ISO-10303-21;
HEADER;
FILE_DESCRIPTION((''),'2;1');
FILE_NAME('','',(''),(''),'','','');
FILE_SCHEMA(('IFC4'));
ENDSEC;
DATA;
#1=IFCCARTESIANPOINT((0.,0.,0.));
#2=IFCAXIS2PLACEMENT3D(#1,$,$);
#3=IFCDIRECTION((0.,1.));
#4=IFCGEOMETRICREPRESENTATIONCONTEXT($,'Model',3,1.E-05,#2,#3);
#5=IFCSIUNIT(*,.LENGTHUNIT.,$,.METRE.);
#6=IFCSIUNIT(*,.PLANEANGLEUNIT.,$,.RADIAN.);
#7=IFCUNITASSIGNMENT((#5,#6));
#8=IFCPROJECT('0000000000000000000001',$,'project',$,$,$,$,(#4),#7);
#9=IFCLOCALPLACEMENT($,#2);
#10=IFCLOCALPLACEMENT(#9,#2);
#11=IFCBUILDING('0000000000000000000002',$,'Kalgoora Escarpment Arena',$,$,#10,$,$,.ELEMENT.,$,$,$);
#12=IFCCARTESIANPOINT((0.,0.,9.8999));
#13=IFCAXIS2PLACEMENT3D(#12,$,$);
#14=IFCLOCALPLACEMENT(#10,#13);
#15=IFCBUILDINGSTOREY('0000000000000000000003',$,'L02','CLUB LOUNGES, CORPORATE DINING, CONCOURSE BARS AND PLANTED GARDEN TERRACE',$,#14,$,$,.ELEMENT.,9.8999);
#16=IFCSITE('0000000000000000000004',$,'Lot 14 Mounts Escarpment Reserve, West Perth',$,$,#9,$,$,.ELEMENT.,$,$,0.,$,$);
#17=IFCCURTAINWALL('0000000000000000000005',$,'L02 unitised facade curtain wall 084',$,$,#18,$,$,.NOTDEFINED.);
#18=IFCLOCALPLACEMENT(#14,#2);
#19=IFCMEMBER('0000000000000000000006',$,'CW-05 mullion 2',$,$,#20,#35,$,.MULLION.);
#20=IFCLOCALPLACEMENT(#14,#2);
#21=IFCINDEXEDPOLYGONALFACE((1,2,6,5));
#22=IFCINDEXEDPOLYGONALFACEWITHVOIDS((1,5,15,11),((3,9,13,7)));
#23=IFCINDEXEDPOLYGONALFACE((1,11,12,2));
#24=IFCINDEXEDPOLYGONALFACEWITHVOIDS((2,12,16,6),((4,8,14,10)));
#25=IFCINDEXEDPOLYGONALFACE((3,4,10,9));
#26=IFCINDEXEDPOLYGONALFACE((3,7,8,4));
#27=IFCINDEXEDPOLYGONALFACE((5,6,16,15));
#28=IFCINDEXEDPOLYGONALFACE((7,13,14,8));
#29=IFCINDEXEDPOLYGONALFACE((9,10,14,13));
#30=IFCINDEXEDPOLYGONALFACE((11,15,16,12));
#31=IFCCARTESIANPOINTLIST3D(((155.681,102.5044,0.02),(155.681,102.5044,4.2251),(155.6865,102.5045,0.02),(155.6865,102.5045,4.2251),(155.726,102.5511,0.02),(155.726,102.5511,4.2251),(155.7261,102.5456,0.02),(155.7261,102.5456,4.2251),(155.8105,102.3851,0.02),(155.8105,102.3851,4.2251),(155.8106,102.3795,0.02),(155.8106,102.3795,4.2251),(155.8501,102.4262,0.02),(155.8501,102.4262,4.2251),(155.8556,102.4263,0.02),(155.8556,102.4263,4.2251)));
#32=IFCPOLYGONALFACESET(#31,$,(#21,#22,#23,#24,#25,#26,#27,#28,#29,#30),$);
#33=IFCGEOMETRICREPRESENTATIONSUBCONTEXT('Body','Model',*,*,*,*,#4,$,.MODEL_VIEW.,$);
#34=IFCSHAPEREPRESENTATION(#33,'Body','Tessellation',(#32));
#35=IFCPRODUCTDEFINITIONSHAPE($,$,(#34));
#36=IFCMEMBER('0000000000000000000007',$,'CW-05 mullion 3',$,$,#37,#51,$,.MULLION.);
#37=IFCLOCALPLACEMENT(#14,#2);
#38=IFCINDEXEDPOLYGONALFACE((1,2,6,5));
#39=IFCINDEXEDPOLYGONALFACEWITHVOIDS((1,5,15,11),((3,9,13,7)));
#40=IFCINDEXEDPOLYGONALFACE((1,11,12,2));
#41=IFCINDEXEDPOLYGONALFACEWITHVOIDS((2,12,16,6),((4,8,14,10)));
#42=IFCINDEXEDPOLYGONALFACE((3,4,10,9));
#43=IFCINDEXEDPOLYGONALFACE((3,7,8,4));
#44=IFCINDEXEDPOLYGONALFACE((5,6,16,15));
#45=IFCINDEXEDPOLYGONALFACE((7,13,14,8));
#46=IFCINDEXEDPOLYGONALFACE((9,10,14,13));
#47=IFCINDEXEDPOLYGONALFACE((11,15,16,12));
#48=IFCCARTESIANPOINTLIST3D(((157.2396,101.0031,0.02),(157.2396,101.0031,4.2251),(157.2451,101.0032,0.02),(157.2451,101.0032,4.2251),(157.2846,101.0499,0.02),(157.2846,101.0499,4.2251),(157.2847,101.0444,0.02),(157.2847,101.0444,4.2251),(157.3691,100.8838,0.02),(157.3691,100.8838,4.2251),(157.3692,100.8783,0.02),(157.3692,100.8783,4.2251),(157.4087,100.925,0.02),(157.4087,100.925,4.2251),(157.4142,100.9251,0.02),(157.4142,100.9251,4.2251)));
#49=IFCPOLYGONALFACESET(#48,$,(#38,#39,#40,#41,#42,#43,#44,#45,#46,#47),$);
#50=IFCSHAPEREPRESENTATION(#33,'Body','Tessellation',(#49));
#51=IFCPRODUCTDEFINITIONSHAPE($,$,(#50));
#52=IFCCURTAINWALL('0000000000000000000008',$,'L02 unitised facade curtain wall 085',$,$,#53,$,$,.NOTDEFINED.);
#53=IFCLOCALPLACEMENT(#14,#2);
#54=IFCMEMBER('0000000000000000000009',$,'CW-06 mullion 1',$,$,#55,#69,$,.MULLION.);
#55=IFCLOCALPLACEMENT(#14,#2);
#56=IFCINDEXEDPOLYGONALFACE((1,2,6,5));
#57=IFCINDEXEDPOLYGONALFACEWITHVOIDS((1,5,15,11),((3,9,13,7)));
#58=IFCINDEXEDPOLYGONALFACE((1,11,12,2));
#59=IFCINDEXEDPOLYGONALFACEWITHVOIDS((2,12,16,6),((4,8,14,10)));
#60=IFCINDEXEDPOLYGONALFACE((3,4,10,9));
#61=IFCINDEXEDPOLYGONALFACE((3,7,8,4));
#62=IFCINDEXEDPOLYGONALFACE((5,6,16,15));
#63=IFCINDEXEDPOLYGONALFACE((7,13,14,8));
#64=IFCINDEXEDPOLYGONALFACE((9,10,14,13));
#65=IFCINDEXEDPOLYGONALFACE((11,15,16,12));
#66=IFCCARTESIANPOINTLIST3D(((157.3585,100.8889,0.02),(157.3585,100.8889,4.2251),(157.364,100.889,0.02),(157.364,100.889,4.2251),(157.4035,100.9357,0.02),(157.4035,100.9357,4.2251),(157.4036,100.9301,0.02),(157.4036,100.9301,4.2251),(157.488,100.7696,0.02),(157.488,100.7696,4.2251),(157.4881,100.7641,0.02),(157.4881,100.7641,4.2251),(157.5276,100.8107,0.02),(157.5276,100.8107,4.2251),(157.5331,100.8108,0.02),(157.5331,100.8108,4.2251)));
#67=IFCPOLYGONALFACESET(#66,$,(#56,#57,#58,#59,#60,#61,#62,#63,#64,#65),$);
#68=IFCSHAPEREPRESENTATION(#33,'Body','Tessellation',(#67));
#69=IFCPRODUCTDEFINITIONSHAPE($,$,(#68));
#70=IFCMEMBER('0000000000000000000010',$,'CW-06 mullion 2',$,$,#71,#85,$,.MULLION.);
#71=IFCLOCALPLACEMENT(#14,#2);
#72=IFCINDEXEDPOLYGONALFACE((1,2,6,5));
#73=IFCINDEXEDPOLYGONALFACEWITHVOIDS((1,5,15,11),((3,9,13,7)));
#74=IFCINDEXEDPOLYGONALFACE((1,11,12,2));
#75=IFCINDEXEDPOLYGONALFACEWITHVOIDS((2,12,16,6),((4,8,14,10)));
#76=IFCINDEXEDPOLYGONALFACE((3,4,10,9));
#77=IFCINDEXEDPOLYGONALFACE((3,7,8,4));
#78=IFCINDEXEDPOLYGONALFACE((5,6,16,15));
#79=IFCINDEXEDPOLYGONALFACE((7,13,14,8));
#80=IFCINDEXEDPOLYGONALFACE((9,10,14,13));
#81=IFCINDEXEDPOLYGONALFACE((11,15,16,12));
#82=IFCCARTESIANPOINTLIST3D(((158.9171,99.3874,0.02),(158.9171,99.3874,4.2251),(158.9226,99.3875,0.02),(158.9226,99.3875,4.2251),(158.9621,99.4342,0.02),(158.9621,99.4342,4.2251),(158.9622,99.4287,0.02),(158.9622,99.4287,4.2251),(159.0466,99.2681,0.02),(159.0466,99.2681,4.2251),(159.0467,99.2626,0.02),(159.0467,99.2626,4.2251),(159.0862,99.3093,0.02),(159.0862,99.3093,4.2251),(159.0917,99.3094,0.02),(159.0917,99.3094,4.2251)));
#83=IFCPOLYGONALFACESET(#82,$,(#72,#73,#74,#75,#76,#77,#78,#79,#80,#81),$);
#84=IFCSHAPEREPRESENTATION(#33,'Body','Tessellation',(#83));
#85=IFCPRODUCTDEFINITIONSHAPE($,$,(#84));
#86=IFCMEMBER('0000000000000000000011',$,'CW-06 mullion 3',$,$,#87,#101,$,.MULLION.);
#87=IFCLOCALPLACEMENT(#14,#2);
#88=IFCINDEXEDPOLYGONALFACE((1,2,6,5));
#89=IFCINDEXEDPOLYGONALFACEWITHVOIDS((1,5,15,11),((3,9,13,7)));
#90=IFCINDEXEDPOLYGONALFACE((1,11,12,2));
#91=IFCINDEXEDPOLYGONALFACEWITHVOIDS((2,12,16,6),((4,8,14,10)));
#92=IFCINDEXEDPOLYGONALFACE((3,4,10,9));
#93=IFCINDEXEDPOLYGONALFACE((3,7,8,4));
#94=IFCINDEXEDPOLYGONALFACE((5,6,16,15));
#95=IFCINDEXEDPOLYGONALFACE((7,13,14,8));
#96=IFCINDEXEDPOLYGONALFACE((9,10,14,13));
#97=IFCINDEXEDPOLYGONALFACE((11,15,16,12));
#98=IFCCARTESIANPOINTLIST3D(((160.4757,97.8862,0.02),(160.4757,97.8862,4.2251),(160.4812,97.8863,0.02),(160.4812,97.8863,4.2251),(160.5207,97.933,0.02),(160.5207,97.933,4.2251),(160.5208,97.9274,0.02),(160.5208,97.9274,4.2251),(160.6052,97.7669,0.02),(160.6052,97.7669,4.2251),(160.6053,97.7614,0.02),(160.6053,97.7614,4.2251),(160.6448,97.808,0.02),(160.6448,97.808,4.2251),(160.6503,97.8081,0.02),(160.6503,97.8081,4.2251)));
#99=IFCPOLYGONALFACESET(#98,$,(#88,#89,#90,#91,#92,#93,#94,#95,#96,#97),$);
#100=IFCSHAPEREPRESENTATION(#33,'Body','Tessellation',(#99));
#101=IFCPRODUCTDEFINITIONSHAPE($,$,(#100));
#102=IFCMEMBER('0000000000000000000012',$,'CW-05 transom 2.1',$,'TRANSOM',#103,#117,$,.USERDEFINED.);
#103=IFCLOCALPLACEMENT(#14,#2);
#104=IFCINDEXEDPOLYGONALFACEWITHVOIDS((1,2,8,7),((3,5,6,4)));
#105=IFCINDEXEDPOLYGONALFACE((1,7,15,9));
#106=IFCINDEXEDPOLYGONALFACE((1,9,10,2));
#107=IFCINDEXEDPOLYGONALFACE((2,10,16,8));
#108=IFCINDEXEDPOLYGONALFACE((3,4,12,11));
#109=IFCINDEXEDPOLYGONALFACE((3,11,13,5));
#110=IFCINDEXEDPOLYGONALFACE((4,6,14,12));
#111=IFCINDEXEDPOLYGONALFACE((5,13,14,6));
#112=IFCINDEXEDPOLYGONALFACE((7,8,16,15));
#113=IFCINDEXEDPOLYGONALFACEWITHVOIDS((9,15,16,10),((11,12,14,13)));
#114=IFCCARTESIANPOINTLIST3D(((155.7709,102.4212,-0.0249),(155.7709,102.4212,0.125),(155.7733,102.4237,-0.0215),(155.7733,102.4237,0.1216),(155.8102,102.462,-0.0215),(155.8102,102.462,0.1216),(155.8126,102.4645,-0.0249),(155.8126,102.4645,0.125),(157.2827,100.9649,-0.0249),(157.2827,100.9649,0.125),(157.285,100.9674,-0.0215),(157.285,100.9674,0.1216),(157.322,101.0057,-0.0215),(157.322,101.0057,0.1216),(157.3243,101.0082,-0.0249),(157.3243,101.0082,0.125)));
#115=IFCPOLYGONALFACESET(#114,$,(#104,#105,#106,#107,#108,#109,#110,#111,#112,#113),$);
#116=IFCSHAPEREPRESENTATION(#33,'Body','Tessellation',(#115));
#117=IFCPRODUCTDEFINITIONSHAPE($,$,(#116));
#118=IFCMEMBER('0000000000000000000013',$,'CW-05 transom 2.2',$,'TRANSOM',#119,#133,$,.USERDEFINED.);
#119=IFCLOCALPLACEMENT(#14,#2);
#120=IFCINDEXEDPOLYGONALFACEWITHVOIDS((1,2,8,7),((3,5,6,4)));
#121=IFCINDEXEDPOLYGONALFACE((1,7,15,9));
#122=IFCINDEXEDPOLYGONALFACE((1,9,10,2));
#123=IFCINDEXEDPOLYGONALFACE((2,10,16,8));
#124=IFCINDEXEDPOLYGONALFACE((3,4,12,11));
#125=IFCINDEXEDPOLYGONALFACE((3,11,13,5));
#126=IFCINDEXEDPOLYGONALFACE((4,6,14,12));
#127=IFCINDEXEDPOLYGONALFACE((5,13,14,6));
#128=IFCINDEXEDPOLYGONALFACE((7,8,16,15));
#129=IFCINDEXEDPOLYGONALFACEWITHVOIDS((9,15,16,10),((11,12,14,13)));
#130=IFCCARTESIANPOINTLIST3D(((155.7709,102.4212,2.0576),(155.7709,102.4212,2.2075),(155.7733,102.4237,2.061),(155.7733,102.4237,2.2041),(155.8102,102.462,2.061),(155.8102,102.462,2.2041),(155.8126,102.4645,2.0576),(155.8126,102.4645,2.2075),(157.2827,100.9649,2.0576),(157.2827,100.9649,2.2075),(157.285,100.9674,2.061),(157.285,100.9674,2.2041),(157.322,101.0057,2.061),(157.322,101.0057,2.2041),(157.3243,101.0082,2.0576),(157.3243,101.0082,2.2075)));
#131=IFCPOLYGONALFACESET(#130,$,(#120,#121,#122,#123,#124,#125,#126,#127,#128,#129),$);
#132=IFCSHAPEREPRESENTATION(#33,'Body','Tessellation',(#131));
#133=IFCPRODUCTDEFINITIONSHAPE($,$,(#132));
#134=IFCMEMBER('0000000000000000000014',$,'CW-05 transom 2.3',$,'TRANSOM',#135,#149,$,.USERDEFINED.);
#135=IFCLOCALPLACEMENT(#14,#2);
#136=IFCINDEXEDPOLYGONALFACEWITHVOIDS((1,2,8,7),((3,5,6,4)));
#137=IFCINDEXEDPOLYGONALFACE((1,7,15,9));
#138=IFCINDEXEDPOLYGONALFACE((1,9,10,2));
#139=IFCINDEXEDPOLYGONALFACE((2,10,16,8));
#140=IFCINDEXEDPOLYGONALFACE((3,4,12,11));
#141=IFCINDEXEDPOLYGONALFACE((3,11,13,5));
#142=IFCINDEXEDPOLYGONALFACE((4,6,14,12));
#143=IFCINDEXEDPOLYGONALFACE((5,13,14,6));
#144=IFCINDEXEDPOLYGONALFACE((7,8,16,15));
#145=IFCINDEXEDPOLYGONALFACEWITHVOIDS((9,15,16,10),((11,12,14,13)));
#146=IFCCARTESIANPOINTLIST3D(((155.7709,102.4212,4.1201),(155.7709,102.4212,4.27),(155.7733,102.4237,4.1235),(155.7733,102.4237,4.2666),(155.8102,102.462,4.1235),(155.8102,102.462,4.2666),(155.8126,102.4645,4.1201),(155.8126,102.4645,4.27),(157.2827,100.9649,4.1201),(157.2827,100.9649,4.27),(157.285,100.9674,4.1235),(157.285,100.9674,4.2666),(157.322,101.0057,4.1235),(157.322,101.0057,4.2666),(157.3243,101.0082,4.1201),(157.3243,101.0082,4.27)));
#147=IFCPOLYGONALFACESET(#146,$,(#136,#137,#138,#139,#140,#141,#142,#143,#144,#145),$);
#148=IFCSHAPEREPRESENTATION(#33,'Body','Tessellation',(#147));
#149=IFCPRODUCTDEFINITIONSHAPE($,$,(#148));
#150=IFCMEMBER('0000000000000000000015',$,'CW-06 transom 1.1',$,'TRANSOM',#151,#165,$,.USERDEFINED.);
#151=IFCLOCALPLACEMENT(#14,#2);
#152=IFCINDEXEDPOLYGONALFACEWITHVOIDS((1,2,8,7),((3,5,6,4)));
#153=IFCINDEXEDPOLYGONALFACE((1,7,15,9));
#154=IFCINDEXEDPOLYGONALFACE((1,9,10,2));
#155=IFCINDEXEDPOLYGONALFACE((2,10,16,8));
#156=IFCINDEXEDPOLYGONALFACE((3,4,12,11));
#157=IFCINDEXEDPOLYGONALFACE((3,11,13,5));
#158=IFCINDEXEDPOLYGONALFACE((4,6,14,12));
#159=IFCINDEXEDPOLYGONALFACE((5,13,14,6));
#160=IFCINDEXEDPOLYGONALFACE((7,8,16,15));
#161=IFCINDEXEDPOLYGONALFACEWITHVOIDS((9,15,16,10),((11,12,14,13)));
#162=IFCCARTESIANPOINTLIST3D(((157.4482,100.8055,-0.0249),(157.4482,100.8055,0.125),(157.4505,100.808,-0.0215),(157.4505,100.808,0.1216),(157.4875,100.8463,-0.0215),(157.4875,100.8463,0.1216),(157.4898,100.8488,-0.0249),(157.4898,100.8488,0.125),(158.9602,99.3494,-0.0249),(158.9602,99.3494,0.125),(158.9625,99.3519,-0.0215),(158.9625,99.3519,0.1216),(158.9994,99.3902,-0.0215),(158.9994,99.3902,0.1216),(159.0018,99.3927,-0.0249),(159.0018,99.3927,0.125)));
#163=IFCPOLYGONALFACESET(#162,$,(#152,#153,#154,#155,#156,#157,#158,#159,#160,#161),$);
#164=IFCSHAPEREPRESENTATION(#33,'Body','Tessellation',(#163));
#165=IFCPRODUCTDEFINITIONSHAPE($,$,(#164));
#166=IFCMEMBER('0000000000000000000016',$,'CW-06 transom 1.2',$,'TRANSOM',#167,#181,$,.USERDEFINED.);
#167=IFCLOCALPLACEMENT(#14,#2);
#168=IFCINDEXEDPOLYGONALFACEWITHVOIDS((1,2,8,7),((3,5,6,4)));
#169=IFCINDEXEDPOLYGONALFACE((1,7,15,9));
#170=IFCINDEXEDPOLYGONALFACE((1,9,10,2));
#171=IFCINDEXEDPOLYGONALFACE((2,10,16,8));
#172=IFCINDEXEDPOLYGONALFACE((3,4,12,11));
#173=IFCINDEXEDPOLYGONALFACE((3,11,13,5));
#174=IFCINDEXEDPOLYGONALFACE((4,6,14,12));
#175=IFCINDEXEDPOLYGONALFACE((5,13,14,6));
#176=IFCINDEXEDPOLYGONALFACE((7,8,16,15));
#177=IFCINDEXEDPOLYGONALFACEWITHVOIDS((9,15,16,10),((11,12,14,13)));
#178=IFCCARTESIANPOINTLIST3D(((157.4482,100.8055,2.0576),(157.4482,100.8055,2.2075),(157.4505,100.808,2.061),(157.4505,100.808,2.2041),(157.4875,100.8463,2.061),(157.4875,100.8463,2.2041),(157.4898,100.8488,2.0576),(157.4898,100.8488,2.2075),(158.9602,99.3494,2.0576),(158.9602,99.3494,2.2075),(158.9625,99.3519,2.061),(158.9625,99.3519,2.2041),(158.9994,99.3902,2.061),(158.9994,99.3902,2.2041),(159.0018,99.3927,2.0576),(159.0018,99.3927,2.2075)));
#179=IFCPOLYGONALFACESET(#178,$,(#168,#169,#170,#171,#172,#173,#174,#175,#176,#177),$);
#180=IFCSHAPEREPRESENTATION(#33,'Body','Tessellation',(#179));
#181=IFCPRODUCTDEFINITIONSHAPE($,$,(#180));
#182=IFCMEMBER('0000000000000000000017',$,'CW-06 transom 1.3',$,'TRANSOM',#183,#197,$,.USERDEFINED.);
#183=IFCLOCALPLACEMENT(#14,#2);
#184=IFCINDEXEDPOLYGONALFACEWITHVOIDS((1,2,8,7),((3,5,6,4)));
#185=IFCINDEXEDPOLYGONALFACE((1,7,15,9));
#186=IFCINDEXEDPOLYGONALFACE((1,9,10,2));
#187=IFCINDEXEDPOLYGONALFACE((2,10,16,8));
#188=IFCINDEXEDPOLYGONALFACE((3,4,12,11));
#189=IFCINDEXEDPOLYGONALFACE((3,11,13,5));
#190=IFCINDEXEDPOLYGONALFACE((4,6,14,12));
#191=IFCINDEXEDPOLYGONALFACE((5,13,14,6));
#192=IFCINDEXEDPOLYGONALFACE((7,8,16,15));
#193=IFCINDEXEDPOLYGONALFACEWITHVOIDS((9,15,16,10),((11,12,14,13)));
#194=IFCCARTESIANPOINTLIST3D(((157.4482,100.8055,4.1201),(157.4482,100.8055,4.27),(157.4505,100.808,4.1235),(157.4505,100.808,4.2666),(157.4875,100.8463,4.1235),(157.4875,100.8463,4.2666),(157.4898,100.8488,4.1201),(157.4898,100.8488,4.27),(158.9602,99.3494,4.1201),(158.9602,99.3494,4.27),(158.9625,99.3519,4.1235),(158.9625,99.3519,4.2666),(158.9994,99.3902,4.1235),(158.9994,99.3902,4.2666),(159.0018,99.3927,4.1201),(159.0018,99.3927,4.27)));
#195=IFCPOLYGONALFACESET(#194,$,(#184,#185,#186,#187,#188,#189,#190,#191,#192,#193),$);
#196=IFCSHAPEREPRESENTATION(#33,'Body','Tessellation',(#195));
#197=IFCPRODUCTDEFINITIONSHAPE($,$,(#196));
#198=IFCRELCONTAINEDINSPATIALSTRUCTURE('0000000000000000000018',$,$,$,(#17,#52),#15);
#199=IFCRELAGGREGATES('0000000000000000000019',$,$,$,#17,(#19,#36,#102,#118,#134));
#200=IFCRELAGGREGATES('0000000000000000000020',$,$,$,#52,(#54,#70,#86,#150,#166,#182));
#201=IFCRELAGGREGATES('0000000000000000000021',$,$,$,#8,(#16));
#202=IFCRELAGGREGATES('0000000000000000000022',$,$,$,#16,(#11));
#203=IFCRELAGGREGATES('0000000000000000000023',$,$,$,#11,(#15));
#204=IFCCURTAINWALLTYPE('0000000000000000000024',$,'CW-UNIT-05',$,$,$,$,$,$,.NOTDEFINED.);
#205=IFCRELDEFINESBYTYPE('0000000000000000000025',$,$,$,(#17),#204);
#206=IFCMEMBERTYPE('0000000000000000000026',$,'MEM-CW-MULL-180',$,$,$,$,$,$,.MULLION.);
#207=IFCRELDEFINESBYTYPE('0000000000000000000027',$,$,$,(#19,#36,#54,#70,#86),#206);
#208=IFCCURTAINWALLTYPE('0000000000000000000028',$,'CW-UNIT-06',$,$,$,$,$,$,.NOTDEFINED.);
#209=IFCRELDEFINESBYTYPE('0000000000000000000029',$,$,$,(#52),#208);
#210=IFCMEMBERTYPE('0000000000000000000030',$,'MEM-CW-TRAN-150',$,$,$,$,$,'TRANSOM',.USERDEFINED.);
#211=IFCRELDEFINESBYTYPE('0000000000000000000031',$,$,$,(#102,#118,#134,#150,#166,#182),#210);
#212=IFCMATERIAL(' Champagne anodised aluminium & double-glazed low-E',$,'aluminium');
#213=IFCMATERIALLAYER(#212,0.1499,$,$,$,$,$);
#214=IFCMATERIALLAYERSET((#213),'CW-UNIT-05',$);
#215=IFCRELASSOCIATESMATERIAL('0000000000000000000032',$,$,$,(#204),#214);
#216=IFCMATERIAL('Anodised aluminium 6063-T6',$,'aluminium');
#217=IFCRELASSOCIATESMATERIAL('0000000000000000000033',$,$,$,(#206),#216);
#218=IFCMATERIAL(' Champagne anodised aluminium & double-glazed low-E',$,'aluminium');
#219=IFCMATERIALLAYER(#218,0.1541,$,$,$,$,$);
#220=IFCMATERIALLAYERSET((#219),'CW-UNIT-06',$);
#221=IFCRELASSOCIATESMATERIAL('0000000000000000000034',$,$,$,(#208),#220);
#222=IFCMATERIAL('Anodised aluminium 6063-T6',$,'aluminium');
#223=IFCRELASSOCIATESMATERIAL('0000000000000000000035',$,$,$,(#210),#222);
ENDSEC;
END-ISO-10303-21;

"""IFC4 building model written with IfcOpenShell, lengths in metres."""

from ifc_helpers import new_model, si_unit, direction, frame, origin, origin_2d, place, context, subcontext, project, spatial, hollow_rectangle, extrude, material, layer, layer_set, material_profile, profile_set, type_object, element, aggregate, save


model = new_model("IFC4")

# Units and contexts
model_context = context("Model", 3, precision=1e-05, world=origin(), true_north=direction((0.0, 1.0)))
body_context = subcontext(model_context, "Body", "Model", "MODEL_VIEW")
ifc_project = project(units=[si_unit("LENGTHUNIT", "METRE"), si_unit("PLANEANGLEUNIT", "RADIAN")], contexts=[model_context])

# Site, building, storey
site_placement = place(None, origin())
site = spatial("IfcSite", under=ifc_project, at=site_placement, Name="Lot 14 Mounts Escarpment Reserve, West Perth", CompositionType="ELEMENT", RefElevation=0.0)
building_placement = place(site_placement, origin())
building = spatial("IfcBuilding", under=site, at=building_placement, Name="Kalgoora Escarpment Arena", CompositionType="ELEMENT")
storey_placement = place(building_placement, frame((0.0, 0.0, 9.8999)))
storey = spatial("IfcBuildingStorey", under=building, at=storey_placement, Name="L02", Description="CLUB LOUNGES, CORPORATE DINING, CONCOURSE BARS AND PLANTED GARDEN TERRACE", CompositionType="ELEMENT", Elevation=9.8999)

# Curtain walls, members
ifc_material_1 = material(Name=" Champagne anodised aluminium & double-glazed low-E", Category="aluminium")
ifc_layer_1 = layer(ifc_material_1, 0.1499)
ifc_layer_set_1 = layer_set([ifc_layer_1], Name="CW-UNIT-05")
curtain_wall_type_1 = type_object("IfcCurtainWallType", Name="CW-UNIT-05", PredefinedType="NOTDEFINED", material=ifc_layer_set_1)
curtain_wall_1_placement = place(storey_placement, origin())
curtain_wall_1 = element("IfcCurtainWall", 1, at=curtain_wall_1_placement, inside=storey, type_object=curtain_wall_type_1, Name="L02 unitised facade curtain wall 084", PredefinedType="NOTDEFINED")
ifc_material_2 = material(Name="Anodised aluminium 6063-T6", Category="aluminium")
ifc_material_profile_1 = material_profile(ifc_material_2, hollow_rectangle(XDim=0.0649, YDim=0.1799, WallThickness=0.0039, at=origin_2d()))
ifc_profile_set_1 = profile_set([ifc_material_profile_1], Name="Anodised aluminium 6063-T6")
member_type_1 = type_object("IfcMemberType", Name="MEM-CW-MULL-180", PredefinedType="MULLION", material=ifc_profile_set_1)
member_1_placement = place(storey_placement, frame((155.7683, 102.4653, 0.02), z_axis=(0.0, 0.0, 1.0), x_axis=(0.693746, 0.72022, 0.0)))
member_1 = element("IfcMember", 2, at=member_1_placement, type_object=member_type_1, Name="CW-05 mullion 2", PredefinedType="MULLION", context=body_context, shape_type="SweptSolid", body=[
    extrude(hollow_rectangle(XDim=0.0649, YDim=0.1799, WallThickness=0.0039, at=origin_2d()), origin(), (0.0, 0.0, 1.0), 4.2051),
])
member_2_placement = place(storey_placement, frame((157.3269, 100.9641, 0.02), z_axis=(0.0, 0.0, 1.0), x_axis=(0.693746, 0.72022, 0.0)))
member_2 = element("IfcMember", 3, at=member_2_placement, type_object=member_type_1, Name="CW-05 mullion 3", PredefinedType="MULLION", context=body_context, shape_type="SweptSolid", body=[
    extrude(hollow_rectangle(XDim=0.0649, YDim=0.1799, WallThickness=0.0039, at=origin_2d()), origin(), (0.0, 0.0, 1.0), 4.2051),
])
ifc_material_3 = material(Name=" Champagne anodised aluminium & double-glazed low-E", Category="aluminium")
ifc_layer_2 = layer(ifc_material_3, 0.1541)
ifc_layer_set_2 = layer_set([ifc_layer_2], Name="CW-UNIT-06")
curtain_wall_type_2 = type_object("IfcCurtainWallType", Name="CW-UNIT-06", PredefinedType="NOTDEFINED", material=ifc_layer_set_2)
curtain_wall_2_placement = place(storey_placement, origin())
curtain_wall_2 = element("IfcCurtainWall", 4, at=curtain_wall_2_placement, inside=storey, type_object=curtain_wall_type_2, Name="L02 unitised facade curtain wall 085", PredefinedType="NOTDEFINED")
member_3_placement = place(storey_placement, frame((157.4458, 100.8499, 0.02), z_axis=(0.0, 0.0, 1.0), x_axis=(0.693746, 0.72022, 0.0)))
member_3 = element("IfcMember", 5, at=member_3_placement, type_object=member_type_1, Name="CW-06 mullion 1", PredefinedType="MULLION", context=body_context, shape_type="SweptSolid", body=[
    extrude(hollow_rectangle(XDim=0.0649, YDim=0.1799, WallThickness=0.0039, at=origin_2d()), origin(), (0.0, 0.0, 1.0), 4.2051),
])
member_4_placement = place(storey_placement, frame((159.0044, 99.3484, 0.02), z_axis=(0.0, 0.0, 1.0), x_axis=(0.693746, 0.72022, 0.0)))
member_4 = element("IfcMember", 6, at=member_4_placement, type_object=member_type_1, Name="CW-06 mullion 2", PredefinedType="MULLION", context=body_context, shape_type="SweptSolid", body=[
    extrude(hollow_rectangle(XDim=0.0649, YDim=0.1799, WallThickness=0.0039, at=origin_2d()), origin(), (0.0, 0.0, 1.0), 4.2051),
])
member_5_placement = place(storey_placement, frame((160.563, 97.8472, 0.02), z_axis=(0.0, 0.0, 1.0), x_axis=(0.693746, 0.72022, 0.0)))
member_5 = element("IfcMember", 7, at=member_5_placement, type_object=member_type_1, Name="CW-06 mullion 3", PredefinedType="MULLION", context=body_context, shape_type="SweptSolid", body=[
    extrude(hollow_rectangle(XDim=0.0649, YDim=0.1799, WallThickness=0.0039, at=origin_2d()), origin(), (0.0, 0.0, 1.0), 4.2051),
])

# Members
ifc_material_4 = material(Name="Anodised aluminium 6063-T6", Category="aluminium")
ifc_material_profile_2 = material_profile(ifc_material_4, hollow_rectangle(XDim=0.0601, YDim=0.1499, WallThickness=0.0034, at=origin_2d()))
ifc_profile_set_2 = profile_set([ifc_material_profile_2], Name="Anodised aluminium 6063-T6")
member_type_2 = type_object("IfcMemberType", Name="MEM-CW-TRAN-150", ElementType="TRANSOM", PredefinedType="USERDEFINED", material=ifc_profile_set_2)
member_6_placement = place(storey_placement, frame((155.7917, 102.4429, 0.05), z_axis=(0.720185, -0.693782, 0.0), x_axis=(0.693782, 0.720185, 0.0)))
member_6 = element("IfcMember", 8, at=member_6_placement, type_object=member_type_2, Name="CW-05 transom 2.1", ObjectType="TRANSOM", PredefinedType="USERDEFINED", context=body_context, shape_type="SweptSolid", body=[
    extrude(hollow_rectangle(XDim=0.0601, YDim=0.1499, WallThickness=0.0034, at=origin_2d()), origin(), (0.0, 0.0, 1.0), 2.0991),
])
member_7_placement = place(storey_placement, frame((155.7917, 102.4429, 2.1326), z_axis=(0.720185, -0.693782, 0.0), x_axis=(0.693782, 0.720185, 0.0)))
member_7 = element("IfcMember", 9, at=member_7_placement, type_object=member_type_2, Name="CW-05 transom 2.2", ObjectType="TRANSOM", PredefinedType="USERDEFINED", context=body_context, shape_type="SweptSolid", body=[
    extrude(hollow_rectangle(XDim=0.0601, YDim=0.1499, WallThickness=0.0034, at=origin_2d()), origin(), (0.0, 0.0, 1.0), 2.0991),
])
member_8_placement = place(storey_placement, frame((155.7917, 102.4429, 4.1951), z_axis=(0.720185, -0.693782, 0.0), x_axis=(0.693782, 0.720185, 0.0)))
member_8 = element("IfcMember", 10, at=member_8_placement, type_object=member_type_2, Name="CW-05 transom 2.3", ObjectType="TRANSOM", PredefinedType="USERDEFINED", context=body_context, shape_type="SweptSolid", body=[
    extrude(hollow_rectangle(XDim=0.0601, YDim=0.1499, WallThickness=0.0034, at=origin_2d()), origin(), (0.0, 0.0, 1.0), 2.0991),
])
member_9_placement = place(storey_placement, frame((157.469, 100.8271, 0.05), z_axis=(0.720299, -0.693664, 0.0), x_axis=(0.693664, 0.720299, 0.0)))
member_9 = element("IfcMember", 11, at=member_9_placement, type_object=member_type_2, Name="CW-06 transom 1.1", ObjectType="TRANSOM", PredefinedType="USERDEFINED", context=body_context, shape_type="SweptSolid", body=[
    extrude(hollow_rectangle(XDim=0.0601, YDim=0.1499, WallThickness=0.0034, at=origin_2d()), origin(), (0.0, 0.0, 1.0), 2.0991),
])
member_10_placement = place(storey_placement, frame((157.469, 100.8271, 2.1326), z_axis=(0.720299, -0.693664, 0.0), x_axis=(0.693664, 0.720299, 0.0)))
member_10 = element("IfcMember", 12, at=member_10_placement, type_object=member_type_2, Name="CW-06 transom 1.2", ObjectType="TRANSOM", PredefinedType="USERDEFINED", context=body_context, shape_type="SweptSolid", body=[
    extrude(hollow_rectangle(XDim=0.0601, YDim=0.1499, WallThickness=0.0034, at=origin_2d()), origin(), (0.0, 0.0, 1.0), 2.0991),
])
member_11_placement = place(storey_placement, frame((157.469, 100.8271, 4.1951), z_axis=(0.720299, -0.693664, 0.0), x_axis=(0.693664, 0.720299, 0.0)))
member_11 = element("IfcMember", 13, at=member_11_placement, type_object=member_type_2, Name="CW-06 transom 1.3", ObjectType="TRANSOM", PredefinedType="USERDEFINED", context=body_context, shape_type="SweptSolid", body=[
    extrude(hollow_rectangle(XDim=0.0601, YDim=0.1499, WallThickness=0.0034, at=origin_2d()), origin(), (0.0, 0.0, 1.0), 2.0991),
])

aggregate(curtain_wall_1, [member_1, member_2, member_6, member_7, member_8])
aggregate(curtain_wall_2, [member_3, member_4, member_5, member_9, member_10, member_11])

save(model, "model.ifc")
